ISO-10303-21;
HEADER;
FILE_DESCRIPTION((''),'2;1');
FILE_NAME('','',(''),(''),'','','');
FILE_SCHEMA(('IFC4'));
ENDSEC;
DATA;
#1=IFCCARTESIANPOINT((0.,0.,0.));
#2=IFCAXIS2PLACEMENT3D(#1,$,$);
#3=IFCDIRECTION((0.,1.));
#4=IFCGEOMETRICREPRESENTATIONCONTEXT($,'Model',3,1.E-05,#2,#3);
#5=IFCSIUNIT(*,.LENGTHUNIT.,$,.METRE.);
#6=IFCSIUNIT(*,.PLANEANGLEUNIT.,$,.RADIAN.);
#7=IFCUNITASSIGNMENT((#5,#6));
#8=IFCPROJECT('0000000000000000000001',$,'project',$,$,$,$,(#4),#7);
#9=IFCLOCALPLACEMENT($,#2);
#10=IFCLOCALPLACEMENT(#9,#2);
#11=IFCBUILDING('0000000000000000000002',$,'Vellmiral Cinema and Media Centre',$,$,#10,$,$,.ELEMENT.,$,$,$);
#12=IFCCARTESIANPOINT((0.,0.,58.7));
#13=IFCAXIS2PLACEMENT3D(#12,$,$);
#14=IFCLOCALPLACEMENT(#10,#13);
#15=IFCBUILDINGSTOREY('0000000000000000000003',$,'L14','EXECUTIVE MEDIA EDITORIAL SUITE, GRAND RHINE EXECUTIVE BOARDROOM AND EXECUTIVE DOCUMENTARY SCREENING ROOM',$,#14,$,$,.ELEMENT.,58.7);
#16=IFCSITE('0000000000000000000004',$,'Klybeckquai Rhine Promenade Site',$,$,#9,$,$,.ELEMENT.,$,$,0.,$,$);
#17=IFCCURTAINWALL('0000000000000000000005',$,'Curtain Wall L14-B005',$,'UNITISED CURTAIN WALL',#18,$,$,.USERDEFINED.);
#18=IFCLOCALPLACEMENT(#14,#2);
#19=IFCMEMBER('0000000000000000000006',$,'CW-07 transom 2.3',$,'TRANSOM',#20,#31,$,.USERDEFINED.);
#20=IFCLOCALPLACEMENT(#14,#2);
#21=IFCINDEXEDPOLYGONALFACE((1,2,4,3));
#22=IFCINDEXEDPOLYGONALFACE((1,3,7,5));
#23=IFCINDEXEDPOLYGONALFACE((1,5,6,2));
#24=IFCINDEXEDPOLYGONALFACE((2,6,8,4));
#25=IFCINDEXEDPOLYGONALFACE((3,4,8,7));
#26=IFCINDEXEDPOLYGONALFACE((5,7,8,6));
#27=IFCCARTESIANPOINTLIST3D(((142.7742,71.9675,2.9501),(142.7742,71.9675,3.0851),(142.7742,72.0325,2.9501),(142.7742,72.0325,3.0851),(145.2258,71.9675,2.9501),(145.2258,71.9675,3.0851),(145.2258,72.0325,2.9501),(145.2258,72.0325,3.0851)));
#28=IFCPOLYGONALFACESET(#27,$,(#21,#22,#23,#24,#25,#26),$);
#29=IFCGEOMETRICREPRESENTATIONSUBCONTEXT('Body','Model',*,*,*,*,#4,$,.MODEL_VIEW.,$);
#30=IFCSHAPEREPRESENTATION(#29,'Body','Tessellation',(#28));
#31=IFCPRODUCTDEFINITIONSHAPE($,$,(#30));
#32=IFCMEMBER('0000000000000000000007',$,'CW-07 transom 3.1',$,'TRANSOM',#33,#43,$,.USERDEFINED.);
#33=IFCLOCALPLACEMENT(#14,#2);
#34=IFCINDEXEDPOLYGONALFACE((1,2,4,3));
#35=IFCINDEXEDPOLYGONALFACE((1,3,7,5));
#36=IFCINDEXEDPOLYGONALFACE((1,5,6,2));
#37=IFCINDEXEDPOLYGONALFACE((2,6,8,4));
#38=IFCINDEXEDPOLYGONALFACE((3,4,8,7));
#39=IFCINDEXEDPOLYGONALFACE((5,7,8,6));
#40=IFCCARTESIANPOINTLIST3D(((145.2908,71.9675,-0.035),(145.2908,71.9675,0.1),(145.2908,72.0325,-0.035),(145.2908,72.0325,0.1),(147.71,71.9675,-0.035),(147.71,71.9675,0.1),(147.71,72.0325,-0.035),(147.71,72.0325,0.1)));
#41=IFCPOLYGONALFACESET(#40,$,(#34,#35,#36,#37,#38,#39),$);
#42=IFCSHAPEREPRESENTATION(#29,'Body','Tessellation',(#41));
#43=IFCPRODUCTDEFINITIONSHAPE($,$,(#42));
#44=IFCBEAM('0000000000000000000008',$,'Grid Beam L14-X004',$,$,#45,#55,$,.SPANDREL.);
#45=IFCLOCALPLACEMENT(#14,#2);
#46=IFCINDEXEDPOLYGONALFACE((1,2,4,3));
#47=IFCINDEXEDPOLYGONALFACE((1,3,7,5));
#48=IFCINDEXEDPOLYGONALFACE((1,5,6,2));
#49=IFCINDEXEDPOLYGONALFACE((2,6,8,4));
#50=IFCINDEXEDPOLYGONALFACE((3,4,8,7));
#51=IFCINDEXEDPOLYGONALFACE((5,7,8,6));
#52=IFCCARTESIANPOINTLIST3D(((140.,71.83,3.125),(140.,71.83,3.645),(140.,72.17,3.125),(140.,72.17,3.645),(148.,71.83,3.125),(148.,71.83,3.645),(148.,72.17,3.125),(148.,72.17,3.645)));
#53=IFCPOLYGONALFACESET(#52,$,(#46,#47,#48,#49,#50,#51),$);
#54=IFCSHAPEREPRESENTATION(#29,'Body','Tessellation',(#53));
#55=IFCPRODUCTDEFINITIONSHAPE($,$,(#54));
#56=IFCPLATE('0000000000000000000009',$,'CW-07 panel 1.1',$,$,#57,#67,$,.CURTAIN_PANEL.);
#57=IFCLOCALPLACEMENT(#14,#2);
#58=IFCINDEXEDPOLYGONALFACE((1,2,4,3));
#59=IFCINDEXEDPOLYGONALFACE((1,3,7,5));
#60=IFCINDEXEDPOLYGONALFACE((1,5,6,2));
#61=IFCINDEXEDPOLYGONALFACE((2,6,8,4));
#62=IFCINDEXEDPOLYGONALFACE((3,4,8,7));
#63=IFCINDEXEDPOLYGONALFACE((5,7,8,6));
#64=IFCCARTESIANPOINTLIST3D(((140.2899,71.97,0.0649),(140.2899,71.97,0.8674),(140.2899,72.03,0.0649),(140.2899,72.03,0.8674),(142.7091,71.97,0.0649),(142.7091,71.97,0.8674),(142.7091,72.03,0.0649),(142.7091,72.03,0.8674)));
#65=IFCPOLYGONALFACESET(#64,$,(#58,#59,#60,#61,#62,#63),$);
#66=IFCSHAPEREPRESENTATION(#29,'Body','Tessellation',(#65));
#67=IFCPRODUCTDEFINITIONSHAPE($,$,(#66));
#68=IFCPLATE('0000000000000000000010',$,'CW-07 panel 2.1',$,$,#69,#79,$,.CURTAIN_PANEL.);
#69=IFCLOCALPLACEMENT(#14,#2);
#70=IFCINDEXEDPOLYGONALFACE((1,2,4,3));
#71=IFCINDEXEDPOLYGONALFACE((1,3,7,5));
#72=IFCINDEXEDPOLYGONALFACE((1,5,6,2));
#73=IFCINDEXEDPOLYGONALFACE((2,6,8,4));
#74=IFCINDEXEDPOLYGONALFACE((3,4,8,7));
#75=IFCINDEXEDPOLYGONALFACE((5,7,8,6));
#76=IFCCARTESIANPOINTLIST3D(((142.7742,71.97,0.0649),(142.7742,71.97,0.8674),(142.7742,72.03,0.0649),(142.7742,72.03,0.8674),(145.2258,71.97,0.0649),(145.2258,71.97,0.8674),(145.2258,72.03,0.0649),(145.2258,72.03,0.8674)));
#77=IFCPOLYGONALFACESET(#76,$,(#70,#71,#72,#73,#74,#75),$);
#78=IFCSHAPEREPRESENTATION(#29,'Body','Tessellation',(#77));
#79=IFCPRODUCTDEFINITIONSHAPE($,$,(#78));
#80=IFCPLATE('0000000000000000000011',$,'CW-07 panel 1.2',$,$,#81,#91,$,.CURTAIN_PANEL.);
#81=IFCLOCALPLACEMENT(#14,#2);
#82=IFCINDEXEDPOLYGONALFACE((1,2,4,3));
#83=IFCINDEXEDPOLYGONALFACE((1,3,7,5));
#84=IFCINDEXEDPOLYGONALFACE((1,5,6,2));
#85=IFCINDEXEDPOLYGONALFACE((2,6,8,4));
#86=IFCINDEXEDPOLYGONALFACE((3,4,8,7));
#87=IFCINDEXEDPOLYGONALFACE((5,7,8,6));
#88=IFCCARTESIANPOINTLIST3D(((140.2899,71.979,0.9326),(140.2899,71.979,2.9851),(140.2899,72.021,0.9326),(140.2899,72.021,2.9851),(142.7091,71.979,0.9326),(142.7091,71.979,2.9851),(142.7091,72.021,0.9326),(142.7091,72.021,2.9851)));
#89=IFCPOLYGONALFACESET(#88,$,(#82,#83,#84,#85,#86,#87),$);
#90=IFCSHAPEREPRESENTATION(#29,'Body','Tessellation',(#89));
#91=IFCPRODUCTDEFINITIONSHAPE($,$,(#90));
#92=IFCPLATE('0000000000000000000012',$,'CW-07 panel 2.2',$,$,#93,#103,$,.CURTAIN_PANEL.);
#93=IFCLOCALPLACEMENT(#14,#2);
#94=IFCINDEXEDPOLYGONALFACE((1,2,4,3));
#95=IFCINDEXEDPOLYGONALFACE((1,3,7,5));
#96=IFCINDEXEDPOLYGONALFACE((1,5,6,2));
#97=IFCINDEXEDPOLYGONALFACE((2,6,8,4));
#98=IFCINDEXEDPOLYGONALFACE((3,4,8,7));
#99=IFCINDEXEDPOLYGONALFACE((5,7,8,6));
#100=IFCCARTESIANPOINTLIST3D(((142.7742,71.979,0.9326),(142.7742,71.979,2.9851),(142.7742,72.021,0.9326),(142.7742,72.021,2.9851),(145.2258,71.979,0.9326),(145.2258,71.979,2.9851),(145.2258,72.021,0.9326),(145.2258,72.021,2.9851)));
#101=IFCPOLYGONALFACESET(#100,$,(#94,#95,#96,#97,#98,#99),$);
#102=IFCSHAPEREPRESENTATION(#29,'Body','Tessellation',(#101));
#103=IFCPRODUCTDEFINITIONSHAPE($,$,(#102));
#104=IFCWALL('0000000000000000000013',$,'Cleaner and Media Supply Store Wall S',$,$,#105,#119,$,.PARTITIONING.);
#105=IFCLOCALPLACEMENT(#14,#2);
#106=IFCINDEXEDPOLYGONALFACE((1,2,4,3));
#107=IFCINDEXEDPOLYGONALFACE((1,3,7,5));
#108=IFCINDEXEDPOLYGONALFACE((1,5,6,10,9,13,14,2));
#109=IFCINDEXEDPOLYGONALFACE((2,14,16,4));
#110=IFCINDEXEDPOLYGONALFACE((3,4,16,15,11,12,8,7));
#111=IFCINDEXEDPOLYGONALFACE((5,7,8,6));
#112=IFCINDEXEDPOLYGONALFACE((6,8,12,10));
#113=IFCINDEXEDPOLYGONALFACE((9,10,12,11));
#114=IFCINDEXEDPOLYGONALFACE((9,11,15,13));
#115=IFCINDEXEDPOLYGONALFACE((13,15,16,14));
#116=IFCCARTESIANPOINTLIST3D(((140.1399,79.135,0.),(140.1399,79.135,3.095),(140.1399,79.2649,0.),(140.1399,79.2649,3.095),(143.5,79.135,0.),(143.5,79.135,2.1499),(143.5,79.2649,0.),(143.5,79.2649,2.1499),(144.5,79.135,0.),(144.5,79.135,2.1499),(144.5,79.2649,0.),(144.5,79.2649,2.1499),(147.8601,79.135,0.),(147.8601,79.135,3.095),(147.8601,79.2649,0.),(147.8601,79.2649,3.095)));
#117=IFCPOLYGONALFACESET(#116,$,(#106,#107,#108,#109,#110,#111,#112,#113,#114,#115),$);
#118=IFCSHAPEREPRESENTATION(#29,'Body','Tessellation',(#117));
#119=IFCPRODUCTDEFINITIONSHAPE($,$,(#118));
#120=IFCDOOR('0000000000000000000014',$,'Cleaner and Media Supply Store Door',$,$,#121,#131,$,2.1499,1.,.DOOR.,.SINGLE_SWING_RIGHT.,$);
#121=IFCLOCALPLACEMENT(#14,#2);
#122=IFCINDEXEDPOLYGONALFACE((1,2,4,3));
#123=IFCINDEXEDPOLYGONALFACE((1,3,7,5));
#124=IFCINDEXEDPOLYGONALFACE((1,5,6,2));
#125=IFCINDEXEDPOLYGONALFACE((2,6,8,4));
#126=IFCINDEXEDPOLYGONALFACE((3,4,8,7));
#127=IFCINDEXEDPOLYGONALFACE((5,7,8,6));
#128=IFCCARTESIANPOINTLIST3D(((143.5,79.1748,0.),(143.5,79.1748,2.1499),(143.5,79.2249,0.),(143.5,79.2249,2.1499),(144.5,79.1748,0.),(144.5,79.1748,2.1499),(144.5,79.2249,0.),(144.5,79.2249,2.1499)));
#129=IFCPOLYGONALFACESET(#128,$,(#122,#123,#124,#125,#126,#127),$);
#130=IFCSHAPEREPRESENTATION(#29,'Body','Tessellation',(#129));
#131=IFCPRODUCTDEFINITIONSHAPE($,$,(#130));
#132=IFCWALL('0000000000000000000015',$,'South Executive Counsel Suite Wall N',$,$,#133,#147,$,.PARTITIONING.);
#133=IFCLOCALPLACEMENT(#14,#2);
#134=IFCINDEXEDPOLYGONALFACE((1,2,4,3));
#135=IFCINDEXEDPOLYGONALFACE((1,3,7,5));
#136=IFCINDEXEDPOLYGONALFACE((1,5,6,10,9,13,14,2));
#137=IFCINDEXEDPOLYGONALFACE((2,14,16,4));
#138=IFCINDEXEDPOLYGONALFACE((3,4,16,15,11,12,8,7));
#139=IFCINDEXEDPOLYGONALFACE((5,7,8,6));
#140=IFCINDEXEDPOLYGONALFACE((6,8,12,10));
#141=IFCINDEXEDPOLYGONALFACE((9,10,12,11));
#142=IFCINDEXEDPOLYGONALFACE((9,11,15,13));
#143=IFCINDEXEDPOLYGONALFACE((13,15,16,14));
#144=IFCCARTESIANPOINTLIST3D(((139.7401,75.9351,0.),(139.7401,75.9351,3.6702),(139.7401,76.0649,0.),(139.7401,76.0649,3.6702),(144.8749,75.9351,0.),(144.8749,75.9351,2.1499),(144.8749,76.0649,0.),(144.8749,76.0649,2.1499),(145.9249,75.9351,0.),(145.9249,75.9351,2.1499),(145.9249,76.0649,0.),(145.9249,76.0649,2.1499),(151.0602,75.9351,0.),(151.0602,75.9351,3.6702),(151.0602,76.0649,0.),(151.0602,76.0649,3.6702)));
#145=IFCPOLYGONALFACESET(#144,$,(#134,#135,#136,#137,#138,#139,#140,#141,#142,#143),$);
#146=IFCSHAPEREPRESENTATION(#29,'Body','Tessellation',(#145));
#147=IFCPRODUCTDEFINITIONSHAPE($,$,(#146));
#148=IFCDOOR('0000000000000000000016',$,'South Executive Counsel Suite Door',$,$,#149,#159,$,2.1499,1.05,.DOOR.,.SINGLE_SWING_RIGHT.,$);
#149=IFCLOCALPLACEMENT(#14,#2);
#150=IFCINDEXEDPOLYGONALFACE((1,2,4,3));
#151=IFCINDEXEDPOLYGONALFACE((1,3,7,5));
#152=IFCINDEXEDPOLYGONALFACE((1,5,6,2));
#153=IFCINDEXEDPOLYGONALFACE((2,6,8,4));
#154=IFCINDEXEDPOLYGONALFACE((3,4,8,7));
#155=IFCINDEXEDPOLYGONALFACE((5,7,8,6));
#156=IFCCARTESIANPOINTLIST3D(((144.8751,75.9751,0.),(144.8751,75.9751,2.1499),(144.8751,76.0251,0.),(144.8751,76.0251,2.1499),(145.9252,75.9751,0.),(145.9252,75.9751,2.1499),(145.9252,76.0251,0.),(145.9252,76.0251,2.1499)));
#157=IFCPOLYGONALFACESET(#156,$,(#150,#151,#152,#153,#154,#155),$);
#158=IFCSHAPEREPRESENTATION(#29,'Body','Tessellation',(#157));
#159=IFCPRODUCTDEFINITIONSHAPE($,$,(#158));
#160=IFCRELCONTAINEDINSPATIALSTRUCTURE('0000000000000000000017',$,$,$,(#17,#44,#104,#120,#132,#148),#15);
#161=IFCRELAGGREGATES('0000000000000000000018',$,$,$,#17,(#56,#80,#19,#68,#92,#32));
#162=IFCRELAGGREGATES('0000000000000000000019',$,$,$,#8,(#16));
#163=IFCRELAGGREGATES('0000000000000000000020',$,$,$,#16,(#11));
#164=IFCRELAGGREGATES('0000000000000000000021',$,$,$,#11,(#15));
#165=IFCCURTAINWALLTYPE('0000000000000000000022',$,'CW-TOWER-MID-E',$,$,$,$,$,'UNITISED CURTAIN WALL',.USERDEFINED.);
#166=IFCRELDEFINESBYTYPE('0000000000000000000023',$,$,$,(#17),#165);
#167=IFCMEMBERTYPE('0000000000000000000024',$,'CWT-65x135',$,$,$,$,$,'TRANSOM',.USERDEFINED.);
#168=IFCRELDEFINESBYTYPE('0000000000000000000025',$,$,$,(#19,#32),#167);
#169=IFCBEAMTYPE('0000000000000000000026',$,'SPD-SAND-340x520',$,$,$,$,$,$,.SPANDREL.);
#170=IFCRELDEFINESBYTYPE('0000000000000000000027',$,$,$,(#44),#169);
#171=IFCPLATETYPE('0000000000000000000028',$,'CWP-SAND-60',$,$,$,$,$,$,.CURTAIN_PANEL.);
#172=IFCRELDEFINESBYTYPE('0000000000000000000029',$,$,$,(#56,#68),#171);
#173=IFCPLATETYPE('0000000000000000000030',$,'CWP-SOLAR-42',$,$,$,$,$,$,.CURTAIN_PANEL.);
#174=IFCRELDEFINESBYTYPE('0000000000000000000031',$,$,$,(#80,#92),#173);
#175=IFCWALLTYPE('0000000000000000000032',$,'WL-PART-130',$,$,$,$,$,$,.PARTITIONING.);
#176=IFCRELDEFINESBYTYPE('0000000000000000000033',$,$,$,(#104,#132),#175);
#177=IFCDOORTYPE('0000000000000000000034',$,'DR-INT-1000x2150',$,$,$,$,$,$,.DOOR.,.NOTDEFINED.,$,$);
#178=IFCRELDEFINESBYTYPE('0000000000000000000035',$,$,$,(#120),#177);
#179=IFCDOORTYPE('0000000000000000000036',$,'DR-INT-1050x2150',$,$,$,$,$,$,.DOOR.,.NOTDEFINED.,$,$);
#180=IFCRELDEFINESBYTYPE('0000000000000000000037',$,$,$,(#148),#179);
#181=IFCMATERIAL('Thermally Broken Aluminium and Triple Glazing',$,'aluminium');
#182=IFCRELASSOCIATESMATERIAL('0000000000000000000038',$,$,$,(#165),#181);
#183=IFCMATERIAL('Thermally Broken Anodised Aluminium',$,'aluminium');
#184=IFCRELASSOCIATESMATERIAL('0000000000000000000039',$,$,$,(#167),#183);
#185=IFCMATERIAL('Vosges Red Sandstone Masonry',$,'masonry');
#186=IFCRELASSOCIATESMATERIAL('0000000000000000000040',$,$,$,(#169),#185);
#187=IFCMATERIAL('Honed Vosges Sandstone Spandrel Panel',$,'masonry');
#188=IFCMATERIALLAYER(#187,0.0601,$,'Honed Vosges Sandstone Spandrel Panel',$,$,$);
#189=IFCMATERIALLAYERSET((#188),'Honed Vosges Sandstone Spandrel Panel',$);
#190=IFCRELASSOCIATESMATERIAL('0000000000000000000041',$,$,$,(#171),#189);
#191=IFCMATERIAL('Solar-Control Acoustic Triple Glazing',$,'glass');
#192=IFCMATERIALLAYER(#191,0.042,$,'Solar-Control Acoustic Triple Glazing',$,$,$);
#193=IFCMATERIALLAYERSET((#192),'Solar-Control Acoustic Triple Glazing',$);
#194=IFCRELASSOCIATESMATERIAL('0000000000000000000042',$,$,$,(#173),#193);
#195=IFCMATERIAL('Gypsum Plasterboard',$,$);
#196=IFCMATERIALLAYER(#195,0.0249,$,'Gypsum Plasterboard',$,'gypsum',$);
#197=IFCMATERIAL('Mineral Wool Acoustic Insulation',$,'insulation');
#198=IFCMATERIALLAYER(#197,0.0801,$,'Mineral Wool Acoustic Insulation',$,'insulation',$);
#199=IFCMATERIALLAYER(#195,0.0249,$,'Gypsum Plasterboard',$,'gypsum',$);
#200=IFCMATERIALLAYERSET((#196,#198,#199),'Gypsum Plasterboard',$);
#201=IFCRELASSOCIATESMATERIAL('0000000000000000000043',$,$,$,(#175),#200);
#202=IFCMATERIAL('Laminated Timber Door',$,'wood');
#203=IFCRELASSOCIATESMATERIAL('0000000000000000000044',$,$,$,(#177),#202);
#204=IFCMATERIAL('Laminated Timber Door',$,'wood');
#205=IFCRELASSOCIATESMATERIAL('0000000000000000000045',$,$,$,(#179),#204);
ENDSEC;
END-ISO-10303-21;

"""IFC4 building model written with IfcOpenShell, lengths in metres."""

from ifc_helpers import new_model, si_unit, direction, frame, frame_2d, origin, origin_2d, place, context, subcontext, project, spatial, rectangle, extrude, material, layer, layer_set, material_profile, profile_set, type_object, element, fill, aggregate, save


model = new_model("IFC4")

# Units and contexts
model_context = context("Model", 3, precision=1e-05, world=origin(), true_north=direction((0.0, 1.0)))
body_context = subcontext(model_context, "Body", "Model", "MODEL_VIEW")
ifc_project = project(units=[si_unit("LENGTHUNIT", "METRE"), si_unit("PLANEANGLEUNIT", "RADIAN")], contexts=[model_context])

# Site, building, storey
site_placement = place(None, origin())
site = spatial("IfcSite", under=ifc_project, at=site_placement, Name="Klybeckquai Rhine Promenade Site", CompositionType="ELEMENT", RefElevation=0.0)
building_placement = place(site_placement, origin())
building = spatial("IfcBuilding", under=site, at=building_placement, Name="Vellmiral Cinema and Media Centre", CompositionType="ELEMENT")
storey_placement = place(building_placement, frame((0.0, 0.0, 58.7)))
storey = spatial("IfcBuildingStorey", under=building, at=storey_placement, Name="L14", Description="EXECUTIVE MEDIA EDITORIAL SUITE, GRAND RHINE EXECUTIVE BOARDROOM AND EXECUTIVE DOCUMENTARY SCREENING ROOM", CompositionType="ELEMENT", Elevation=58.7)

# Curtain wall, members
ifc_material_1 = material(Name="Thermally Broken Aluminium and Triple Glazing", Category="aluminium")
curtain_wall_type = type_object("IfcCurtainWallType", Name="CW-TOWER-MID-E", ElementType="UNITISED CURTAIN WALL", PredefinedType="USERDEFINED", material=ifc_material_1)
curtain_wall_placement = place(storey_placement, origin())
curtain_wall = element("IfcCurtainWall", 1, at=curtain_wall_placement, inside=storey, type_object=curtain_wall_type, Name="Curtain Wall L14-B005", ObjectType="UNITISED CURTAIN WALL", PredefinedType="USERDEFINED")
ifc_material_2 = material(Name="Thermally Broken Anodised Aluminium", Category="aluminium")
ifc_material_profile_1 = material_profile(ifc_material_2, rectangle(XDim=0.0649, YDim=0.135, at=origin_2d()), Name="MULL 65x135")
ifc_profile_set_1 = profile_set([ifc_material_profile_1], Name="Thermally Broken Anodised Aluminium")
member_type_1 = type_object("IfcMemberType", Name="CWT-65x135", ElementType="TRANSOM", PredefinedType="USERDEFINED", material=ifc_profile_set_1)
member_1_placement = place(storey_placement, frame((142.7742, 72.0, 3.0176), z_axis=(1.0, 0.0, 0.0), x_axis=(0.0, 1.0, 0.0)))
member_1 = element("IfcMember", 2, at=member_1_placement, type_object=member_type_1, Name="CW-07 transom 2.3", ObjectType="TRANSOM", PredefinedType="USERDEFINED", context=body_context, shape_type="SweptSolid", body=[
    extrude(rectangle(XDim=0.0649, YDim=0.135, at=origin_2d()), origin(), (0.0, 0.0, 1.0), 2.4517),
])
member_2_placement = place(storey_placement, frame((145.2908, 72.0, 0.0325), z_axis=(1.0, 0.0, 0.0), x_axis=(0.0, 1.0, 0.0)))
member_2 = element("IfcMember", 3, at=member_2_placement, type_object=member_type_1, Name="CW-07 transom 3.1", ObjectType="TRANSOM", PredefinedType="USERDEFINED", context=body_context, shape_type="SweptSolid", body=[
    extrude(rectangle(XDim=0.0649, YDim=0.135, at=origin_2d()), origin(), (0.0, 0.0, 1.0), 2.4192),
])

# Beam
ifc_material_3 = material(Name="Vosges Red Sandstone Masonry", Category="masonry")
ifc_material_profile_2 = material_profile(ifc_material_3, rectangle(XDim=0.3401, YDim=0.52, at=origin_2d()), Name="SAND 340x520")
ifc_profile_set_2 = profile_set([ifc_material_profile_2], Name="Vosges Red Sandstone Masonry")
beam_type_1 = type_object("IfcBeamType", Name="SPD-SAND-340x520", PredefinedType="SPANDREL", material=ifc_profile_set_2)
beam_1_placement = place(storey_placement, frame((140.0, 72.0, 3.385), z_axis=(1.0, 0.0, 0.0), x_axis=(0.0, 1.0, 0.0)))
element("IfcBeam", 4, at=beam_1_placement, inside=storey, type_object=beam_type_1, Name="Grid Beam L14-X004", PredefinedType="SPANDREL", context=body_context, shape_type="SweptSolid", body=[
    extrude(rectangle(XDim=0.3401, YDim=0.52, at=origin_2d()), origin(), (0.0, 0.0, 1.0), 8.0),
])

# Plates
ifc_material_4 = material(Name="Honed Vosges Sandstone Spandrel Panel", Category="masonry")
ifc_layer_1 = layer(ifc_material_4, 0.0601, Name="Honed Vosges Sandstone Spandrel Panel")
ifc_layer_set_1 = layer_set([ifc_layer_1], Name="Honed Vosges Sandstone Spandrel Panel")
plate_type_1 = type_object("IfcPlateType", Name="CWP-SAND-60", PredefinedType="CURTAIN_PANEL", material=ifc_layer_set_1)
plate_1_placement = place(storey_placement, frame((141.4995, 72.0, 0.0649), z_axis=(0.0, 0.0, 1.0), x_axis=(1.0, 0.0, 0.0)))
plate_1 = element("IfcPlate", 5, at=plate_1_placement, type_object=plate_type_1, Name="CW-07 panel 1.1", PredefinedType="CURTAIN_PANEL", context=body_context, shape_type="SweptSolid", body=[
    extrude(rectangle(XDim=2.4192, YDim=0.0601, at=origin_2d()), origin(), (0.0, 0.0, 1.0), 0.8025),
])
plate_2_placement = place(storey_placement, frame((144.0, 72.0, 0.0649), z_axis=(0.0, 0.0, 1.0), x_axis=(1.0, 0.0, 0.0)))
plate_2 = element("IfcPlate", 6, at=plate_2_placement, type_object=plate_type_1, Name="CW-07 panel 2.1", PredefinedType="CURTAIN_PANEL", context=body_context, shape_type="SweptSolid", body=[
    extrude(rectangle(XDim=2.4517, YDim=0.0601, at=origin_2d()), origin(), (0.0, 0.0, 1.0), 0.8025),
])
ifc_material_5 = material(Name="Solar-Control Acoustic Triple Glazing", Category="glass")
ifc_layer_2 = layer(ifc_material_5, 0.042, Name="Solar-Control Acoustic Triple Glazing")
ifc_layer_set_2 = layer_set([ifc_layer_2], Name="Solar-Control Acoustic Triple Glazing")
plate_type_2 = type_object("IfcPlateType", Name="CWP-SOLAR-42", PredefinedType="CURTAIN_PANEL", material=ifc_layer_set_2)
plate_3_placement = place(storey_placement, frame((141.4995, 72.0, 0.9326), z_axis=(0.0, 0.0, 1.0), x_axis=(1.0, 0.0, 0.0)))
plate_3 = element("IfcPlate", 7, at=plate_3_placement, type_object=plate_type_2, Name="CW-07 panel 1.2", PredefinedType="CURTAIN_PANEL", context=body_context, shape_type="SweptSolid", body=[
    extrude(rectangle(XDim=2.4192, YDim=0.042, at=origin_2d()), origin(), (0.0, 0.0, 1.0), 2.0525),
])
plate_4_placement = place(storey_placement, frame((144.0, 72.0, 0.9326), z_axis=(0.0, 0.0, 1.0), x_axis=(1.0, 0.0, 0.0)))
plate_4 = element("IfcPlate", 8, at=plate_4_placement, type_object=plate_type_2, Name="CW-07 panel 2.2", PredefinedType="CURTAIN_PANEL", context=body_context, shape_type="SweptSolid", body=[
    extrude(rectangle(XDim=2.4517, YDim=0.042, at=origin_2d()), origin(), (0.0, 0.0, 1.0), 2.0525),
])
aggregate(curtain_wall, [plate_1, plate_3, member_1, plate_2, plate_4, member_2])

# Walls, openings, doors
ifc_material_6 = material(Name="Gypsum Plasterboard")
ifc_layer_3 = layer(ifc_material_6, 0.0249, Name="Gypsum Plasterboard", Category="gypsum")
ifc_material_7 = material(Name="Mineral Wool Acoustic Insulation", Category="insulation")
ifc_layer_4 = layer(ifc_material_7, 0.0801, Name="Mineral Wool Acoustic Insulation", Category="insulation")
ifc_layer_5 = layer(ifc_material_6, 0.0249, Name="Gypsum Plasterboard", Category="gypsum")
ifc_layer_set_3 = layer_set([ifc_layer_3, ifc_layer_4, ifc_layer_5], Name="Gypsum Plasterboard")
wall_type_1 = type_object("IfcWallType", Name="WL-PART-130", PredefinedType="PARTITIONING", material=ifc_layer_set_3)
wall_1_placement = place(storey_placement, frame((140.1399, 79.2, 0.0), z_axis=(0.0, 0.0, 1.0), x_axis=(1.0, 0.0, 0.0)))
wall_1 = element("IfcWall", 9, at=wall_1_placement, inside=storey, type_object=wall_type_1, Name="Cleaner and Media Supply Store Wall S", PredefinedType="PARTITIONING", context=body_context, shape_type="SweptSolid", body=[
    extrude(rectangle(XDim=7.7202, YDim=0.1299, at=frame_2d((3.8601, 0.0))), origin(), (0.0, 0.0, 1.0), 3.095),
])
opening_1_placement = place(wall_1_placement, frame((3.3601, 0.0, 0.0)))
opening_1 = element("IfcOpeningElement", 10, at=opening_1_placement, cuts=wall_1, PredefinedType="OPENING", context=body_context, shape_type="SweptSolid", body=[
    extrude(rectangle(XDim=1.0, YDim=2.1499, at=frame_2d((0.5, 1.075))), frame((0.0, 0.0769, 0.0), z_axis=(0.0, -1.0, 0.0), x_axis=(1.0, 0.0, 0.0)), (0.0, 0.0, 1.0), 0.1538),
])
ifc_material_8 = material(Name="Laminated Timber Door", Category="wood")
door_type_1 = type_object("IfcDoorType", Name="DR-INT-1000x2150", OperationType="NOTDEFINED", PredefinedType="DOOR", material=ifc_material_8)
door_1_placement = place(opening_1_placement, origin())
door_1 = element("IfcDoor", 11, at=door_1_placement, inside=storey, type_object=door_type_1, Name="Cleaner and Media Supply Store Door", OperationType="SINGLE_SWING_RIGHT", OverallHeight=2.1499, OverallWidth=1.0, PredefinedType="DOOR", context=body_context, shape_type="SweptSolid", body=[
    extrude(rectangle(XDim=1.0, YDim=2.1499, at=frame_2d((0.5, 1.075))), frame((0.0, 0.0249, 0.0), z_axis=(0.0, -1.0, 0.0), x_axis=(1.0, 0.0, 0.0)), (0.0, 0.0, 1.0), 0.05),
])
fill(opening_1, door_1)
wall_2_placement = place(storey_placement, frame((139.74, 76.0, 0.0), z_axis=(0.0, 0.0, 1.0), x_axis=(1.0, 0.0, 0.0)))
wall_2 = element("IfcWall", 12, at=wall_2_placement, inside=storey, type_object=wall_type_1, Name="South Executive Counsel Suite Wall N", PredefinedType="PARTITIONING", context=body_context, shape_type="SweptSolid", body=[
    extrude(rectangle(XDim=11.3201, YDim=0.1299, at=frame_2d((5.6602, 0.0))), origin(), (0.0, 0.0, 1.0), 3.6702),
])
opening_2_placement = place(wall_2_placement, frame((5.135, 0.0, 0.0)))
opening_2 = element("IfcOpeningElement", 13, at=opening_2_placement, cuts=wall_2, PredefinedType="OPENING", context=body_context, shape_type="SweptSolid", body=[
    extrude(rectangle(XDim=1.05, YDim=2.1499, at=frame_2d((0.5249, 1.075))), frame((0.0, 0.0769, 0.0), z_axis=(0.0, -1.0, 0.0), x_axis=(1.0, 0.0, 0.0)), (0.0, 0.0, 1.0), 0.1538),
])
ifc_material_9 = material(Name="Laminated Timber Door", Category="wood")
door_type_2 = type_object("IfcDoorType", Name="DR-INT-1050x2150", OperationType="NOTDEFINED", PredefinedType="DOOR", material=ifc_material_9)
door_2_placement = place(opening_2_placement, frame((1.05, 0.0, 0.0), z_axis=(0.0, 0.0, 1.0), x_axis=(-1.0, 0.0, 0.0)))
door_2 = element("IfcDoor", 14, at=door_2_placement, inside=storey, type_object=door_type_2, Name="South Executive Counsel Suite Door", OperationType="SINGLE_SWING_RIGHT", OverallHeight=2.1499, OverallWidth=1.05, PredefinedType="DOOR", context=body_context, shape_type="SweptSolid", body=[
    extrude(rectangle(XDim=1.05, YDim=2.1499, at=frame_2d((0.5249, 1.075))), frame((0.0, 0.0249, 0.0), z_axis=(0.0, -1.0, 0.0), x_axis=(1.0, 0.0, 0.0)), (0.0, 0.0, 1.0), 0.05),
])
fill(opening_2, door_2)

save(model, "model.ifc")
